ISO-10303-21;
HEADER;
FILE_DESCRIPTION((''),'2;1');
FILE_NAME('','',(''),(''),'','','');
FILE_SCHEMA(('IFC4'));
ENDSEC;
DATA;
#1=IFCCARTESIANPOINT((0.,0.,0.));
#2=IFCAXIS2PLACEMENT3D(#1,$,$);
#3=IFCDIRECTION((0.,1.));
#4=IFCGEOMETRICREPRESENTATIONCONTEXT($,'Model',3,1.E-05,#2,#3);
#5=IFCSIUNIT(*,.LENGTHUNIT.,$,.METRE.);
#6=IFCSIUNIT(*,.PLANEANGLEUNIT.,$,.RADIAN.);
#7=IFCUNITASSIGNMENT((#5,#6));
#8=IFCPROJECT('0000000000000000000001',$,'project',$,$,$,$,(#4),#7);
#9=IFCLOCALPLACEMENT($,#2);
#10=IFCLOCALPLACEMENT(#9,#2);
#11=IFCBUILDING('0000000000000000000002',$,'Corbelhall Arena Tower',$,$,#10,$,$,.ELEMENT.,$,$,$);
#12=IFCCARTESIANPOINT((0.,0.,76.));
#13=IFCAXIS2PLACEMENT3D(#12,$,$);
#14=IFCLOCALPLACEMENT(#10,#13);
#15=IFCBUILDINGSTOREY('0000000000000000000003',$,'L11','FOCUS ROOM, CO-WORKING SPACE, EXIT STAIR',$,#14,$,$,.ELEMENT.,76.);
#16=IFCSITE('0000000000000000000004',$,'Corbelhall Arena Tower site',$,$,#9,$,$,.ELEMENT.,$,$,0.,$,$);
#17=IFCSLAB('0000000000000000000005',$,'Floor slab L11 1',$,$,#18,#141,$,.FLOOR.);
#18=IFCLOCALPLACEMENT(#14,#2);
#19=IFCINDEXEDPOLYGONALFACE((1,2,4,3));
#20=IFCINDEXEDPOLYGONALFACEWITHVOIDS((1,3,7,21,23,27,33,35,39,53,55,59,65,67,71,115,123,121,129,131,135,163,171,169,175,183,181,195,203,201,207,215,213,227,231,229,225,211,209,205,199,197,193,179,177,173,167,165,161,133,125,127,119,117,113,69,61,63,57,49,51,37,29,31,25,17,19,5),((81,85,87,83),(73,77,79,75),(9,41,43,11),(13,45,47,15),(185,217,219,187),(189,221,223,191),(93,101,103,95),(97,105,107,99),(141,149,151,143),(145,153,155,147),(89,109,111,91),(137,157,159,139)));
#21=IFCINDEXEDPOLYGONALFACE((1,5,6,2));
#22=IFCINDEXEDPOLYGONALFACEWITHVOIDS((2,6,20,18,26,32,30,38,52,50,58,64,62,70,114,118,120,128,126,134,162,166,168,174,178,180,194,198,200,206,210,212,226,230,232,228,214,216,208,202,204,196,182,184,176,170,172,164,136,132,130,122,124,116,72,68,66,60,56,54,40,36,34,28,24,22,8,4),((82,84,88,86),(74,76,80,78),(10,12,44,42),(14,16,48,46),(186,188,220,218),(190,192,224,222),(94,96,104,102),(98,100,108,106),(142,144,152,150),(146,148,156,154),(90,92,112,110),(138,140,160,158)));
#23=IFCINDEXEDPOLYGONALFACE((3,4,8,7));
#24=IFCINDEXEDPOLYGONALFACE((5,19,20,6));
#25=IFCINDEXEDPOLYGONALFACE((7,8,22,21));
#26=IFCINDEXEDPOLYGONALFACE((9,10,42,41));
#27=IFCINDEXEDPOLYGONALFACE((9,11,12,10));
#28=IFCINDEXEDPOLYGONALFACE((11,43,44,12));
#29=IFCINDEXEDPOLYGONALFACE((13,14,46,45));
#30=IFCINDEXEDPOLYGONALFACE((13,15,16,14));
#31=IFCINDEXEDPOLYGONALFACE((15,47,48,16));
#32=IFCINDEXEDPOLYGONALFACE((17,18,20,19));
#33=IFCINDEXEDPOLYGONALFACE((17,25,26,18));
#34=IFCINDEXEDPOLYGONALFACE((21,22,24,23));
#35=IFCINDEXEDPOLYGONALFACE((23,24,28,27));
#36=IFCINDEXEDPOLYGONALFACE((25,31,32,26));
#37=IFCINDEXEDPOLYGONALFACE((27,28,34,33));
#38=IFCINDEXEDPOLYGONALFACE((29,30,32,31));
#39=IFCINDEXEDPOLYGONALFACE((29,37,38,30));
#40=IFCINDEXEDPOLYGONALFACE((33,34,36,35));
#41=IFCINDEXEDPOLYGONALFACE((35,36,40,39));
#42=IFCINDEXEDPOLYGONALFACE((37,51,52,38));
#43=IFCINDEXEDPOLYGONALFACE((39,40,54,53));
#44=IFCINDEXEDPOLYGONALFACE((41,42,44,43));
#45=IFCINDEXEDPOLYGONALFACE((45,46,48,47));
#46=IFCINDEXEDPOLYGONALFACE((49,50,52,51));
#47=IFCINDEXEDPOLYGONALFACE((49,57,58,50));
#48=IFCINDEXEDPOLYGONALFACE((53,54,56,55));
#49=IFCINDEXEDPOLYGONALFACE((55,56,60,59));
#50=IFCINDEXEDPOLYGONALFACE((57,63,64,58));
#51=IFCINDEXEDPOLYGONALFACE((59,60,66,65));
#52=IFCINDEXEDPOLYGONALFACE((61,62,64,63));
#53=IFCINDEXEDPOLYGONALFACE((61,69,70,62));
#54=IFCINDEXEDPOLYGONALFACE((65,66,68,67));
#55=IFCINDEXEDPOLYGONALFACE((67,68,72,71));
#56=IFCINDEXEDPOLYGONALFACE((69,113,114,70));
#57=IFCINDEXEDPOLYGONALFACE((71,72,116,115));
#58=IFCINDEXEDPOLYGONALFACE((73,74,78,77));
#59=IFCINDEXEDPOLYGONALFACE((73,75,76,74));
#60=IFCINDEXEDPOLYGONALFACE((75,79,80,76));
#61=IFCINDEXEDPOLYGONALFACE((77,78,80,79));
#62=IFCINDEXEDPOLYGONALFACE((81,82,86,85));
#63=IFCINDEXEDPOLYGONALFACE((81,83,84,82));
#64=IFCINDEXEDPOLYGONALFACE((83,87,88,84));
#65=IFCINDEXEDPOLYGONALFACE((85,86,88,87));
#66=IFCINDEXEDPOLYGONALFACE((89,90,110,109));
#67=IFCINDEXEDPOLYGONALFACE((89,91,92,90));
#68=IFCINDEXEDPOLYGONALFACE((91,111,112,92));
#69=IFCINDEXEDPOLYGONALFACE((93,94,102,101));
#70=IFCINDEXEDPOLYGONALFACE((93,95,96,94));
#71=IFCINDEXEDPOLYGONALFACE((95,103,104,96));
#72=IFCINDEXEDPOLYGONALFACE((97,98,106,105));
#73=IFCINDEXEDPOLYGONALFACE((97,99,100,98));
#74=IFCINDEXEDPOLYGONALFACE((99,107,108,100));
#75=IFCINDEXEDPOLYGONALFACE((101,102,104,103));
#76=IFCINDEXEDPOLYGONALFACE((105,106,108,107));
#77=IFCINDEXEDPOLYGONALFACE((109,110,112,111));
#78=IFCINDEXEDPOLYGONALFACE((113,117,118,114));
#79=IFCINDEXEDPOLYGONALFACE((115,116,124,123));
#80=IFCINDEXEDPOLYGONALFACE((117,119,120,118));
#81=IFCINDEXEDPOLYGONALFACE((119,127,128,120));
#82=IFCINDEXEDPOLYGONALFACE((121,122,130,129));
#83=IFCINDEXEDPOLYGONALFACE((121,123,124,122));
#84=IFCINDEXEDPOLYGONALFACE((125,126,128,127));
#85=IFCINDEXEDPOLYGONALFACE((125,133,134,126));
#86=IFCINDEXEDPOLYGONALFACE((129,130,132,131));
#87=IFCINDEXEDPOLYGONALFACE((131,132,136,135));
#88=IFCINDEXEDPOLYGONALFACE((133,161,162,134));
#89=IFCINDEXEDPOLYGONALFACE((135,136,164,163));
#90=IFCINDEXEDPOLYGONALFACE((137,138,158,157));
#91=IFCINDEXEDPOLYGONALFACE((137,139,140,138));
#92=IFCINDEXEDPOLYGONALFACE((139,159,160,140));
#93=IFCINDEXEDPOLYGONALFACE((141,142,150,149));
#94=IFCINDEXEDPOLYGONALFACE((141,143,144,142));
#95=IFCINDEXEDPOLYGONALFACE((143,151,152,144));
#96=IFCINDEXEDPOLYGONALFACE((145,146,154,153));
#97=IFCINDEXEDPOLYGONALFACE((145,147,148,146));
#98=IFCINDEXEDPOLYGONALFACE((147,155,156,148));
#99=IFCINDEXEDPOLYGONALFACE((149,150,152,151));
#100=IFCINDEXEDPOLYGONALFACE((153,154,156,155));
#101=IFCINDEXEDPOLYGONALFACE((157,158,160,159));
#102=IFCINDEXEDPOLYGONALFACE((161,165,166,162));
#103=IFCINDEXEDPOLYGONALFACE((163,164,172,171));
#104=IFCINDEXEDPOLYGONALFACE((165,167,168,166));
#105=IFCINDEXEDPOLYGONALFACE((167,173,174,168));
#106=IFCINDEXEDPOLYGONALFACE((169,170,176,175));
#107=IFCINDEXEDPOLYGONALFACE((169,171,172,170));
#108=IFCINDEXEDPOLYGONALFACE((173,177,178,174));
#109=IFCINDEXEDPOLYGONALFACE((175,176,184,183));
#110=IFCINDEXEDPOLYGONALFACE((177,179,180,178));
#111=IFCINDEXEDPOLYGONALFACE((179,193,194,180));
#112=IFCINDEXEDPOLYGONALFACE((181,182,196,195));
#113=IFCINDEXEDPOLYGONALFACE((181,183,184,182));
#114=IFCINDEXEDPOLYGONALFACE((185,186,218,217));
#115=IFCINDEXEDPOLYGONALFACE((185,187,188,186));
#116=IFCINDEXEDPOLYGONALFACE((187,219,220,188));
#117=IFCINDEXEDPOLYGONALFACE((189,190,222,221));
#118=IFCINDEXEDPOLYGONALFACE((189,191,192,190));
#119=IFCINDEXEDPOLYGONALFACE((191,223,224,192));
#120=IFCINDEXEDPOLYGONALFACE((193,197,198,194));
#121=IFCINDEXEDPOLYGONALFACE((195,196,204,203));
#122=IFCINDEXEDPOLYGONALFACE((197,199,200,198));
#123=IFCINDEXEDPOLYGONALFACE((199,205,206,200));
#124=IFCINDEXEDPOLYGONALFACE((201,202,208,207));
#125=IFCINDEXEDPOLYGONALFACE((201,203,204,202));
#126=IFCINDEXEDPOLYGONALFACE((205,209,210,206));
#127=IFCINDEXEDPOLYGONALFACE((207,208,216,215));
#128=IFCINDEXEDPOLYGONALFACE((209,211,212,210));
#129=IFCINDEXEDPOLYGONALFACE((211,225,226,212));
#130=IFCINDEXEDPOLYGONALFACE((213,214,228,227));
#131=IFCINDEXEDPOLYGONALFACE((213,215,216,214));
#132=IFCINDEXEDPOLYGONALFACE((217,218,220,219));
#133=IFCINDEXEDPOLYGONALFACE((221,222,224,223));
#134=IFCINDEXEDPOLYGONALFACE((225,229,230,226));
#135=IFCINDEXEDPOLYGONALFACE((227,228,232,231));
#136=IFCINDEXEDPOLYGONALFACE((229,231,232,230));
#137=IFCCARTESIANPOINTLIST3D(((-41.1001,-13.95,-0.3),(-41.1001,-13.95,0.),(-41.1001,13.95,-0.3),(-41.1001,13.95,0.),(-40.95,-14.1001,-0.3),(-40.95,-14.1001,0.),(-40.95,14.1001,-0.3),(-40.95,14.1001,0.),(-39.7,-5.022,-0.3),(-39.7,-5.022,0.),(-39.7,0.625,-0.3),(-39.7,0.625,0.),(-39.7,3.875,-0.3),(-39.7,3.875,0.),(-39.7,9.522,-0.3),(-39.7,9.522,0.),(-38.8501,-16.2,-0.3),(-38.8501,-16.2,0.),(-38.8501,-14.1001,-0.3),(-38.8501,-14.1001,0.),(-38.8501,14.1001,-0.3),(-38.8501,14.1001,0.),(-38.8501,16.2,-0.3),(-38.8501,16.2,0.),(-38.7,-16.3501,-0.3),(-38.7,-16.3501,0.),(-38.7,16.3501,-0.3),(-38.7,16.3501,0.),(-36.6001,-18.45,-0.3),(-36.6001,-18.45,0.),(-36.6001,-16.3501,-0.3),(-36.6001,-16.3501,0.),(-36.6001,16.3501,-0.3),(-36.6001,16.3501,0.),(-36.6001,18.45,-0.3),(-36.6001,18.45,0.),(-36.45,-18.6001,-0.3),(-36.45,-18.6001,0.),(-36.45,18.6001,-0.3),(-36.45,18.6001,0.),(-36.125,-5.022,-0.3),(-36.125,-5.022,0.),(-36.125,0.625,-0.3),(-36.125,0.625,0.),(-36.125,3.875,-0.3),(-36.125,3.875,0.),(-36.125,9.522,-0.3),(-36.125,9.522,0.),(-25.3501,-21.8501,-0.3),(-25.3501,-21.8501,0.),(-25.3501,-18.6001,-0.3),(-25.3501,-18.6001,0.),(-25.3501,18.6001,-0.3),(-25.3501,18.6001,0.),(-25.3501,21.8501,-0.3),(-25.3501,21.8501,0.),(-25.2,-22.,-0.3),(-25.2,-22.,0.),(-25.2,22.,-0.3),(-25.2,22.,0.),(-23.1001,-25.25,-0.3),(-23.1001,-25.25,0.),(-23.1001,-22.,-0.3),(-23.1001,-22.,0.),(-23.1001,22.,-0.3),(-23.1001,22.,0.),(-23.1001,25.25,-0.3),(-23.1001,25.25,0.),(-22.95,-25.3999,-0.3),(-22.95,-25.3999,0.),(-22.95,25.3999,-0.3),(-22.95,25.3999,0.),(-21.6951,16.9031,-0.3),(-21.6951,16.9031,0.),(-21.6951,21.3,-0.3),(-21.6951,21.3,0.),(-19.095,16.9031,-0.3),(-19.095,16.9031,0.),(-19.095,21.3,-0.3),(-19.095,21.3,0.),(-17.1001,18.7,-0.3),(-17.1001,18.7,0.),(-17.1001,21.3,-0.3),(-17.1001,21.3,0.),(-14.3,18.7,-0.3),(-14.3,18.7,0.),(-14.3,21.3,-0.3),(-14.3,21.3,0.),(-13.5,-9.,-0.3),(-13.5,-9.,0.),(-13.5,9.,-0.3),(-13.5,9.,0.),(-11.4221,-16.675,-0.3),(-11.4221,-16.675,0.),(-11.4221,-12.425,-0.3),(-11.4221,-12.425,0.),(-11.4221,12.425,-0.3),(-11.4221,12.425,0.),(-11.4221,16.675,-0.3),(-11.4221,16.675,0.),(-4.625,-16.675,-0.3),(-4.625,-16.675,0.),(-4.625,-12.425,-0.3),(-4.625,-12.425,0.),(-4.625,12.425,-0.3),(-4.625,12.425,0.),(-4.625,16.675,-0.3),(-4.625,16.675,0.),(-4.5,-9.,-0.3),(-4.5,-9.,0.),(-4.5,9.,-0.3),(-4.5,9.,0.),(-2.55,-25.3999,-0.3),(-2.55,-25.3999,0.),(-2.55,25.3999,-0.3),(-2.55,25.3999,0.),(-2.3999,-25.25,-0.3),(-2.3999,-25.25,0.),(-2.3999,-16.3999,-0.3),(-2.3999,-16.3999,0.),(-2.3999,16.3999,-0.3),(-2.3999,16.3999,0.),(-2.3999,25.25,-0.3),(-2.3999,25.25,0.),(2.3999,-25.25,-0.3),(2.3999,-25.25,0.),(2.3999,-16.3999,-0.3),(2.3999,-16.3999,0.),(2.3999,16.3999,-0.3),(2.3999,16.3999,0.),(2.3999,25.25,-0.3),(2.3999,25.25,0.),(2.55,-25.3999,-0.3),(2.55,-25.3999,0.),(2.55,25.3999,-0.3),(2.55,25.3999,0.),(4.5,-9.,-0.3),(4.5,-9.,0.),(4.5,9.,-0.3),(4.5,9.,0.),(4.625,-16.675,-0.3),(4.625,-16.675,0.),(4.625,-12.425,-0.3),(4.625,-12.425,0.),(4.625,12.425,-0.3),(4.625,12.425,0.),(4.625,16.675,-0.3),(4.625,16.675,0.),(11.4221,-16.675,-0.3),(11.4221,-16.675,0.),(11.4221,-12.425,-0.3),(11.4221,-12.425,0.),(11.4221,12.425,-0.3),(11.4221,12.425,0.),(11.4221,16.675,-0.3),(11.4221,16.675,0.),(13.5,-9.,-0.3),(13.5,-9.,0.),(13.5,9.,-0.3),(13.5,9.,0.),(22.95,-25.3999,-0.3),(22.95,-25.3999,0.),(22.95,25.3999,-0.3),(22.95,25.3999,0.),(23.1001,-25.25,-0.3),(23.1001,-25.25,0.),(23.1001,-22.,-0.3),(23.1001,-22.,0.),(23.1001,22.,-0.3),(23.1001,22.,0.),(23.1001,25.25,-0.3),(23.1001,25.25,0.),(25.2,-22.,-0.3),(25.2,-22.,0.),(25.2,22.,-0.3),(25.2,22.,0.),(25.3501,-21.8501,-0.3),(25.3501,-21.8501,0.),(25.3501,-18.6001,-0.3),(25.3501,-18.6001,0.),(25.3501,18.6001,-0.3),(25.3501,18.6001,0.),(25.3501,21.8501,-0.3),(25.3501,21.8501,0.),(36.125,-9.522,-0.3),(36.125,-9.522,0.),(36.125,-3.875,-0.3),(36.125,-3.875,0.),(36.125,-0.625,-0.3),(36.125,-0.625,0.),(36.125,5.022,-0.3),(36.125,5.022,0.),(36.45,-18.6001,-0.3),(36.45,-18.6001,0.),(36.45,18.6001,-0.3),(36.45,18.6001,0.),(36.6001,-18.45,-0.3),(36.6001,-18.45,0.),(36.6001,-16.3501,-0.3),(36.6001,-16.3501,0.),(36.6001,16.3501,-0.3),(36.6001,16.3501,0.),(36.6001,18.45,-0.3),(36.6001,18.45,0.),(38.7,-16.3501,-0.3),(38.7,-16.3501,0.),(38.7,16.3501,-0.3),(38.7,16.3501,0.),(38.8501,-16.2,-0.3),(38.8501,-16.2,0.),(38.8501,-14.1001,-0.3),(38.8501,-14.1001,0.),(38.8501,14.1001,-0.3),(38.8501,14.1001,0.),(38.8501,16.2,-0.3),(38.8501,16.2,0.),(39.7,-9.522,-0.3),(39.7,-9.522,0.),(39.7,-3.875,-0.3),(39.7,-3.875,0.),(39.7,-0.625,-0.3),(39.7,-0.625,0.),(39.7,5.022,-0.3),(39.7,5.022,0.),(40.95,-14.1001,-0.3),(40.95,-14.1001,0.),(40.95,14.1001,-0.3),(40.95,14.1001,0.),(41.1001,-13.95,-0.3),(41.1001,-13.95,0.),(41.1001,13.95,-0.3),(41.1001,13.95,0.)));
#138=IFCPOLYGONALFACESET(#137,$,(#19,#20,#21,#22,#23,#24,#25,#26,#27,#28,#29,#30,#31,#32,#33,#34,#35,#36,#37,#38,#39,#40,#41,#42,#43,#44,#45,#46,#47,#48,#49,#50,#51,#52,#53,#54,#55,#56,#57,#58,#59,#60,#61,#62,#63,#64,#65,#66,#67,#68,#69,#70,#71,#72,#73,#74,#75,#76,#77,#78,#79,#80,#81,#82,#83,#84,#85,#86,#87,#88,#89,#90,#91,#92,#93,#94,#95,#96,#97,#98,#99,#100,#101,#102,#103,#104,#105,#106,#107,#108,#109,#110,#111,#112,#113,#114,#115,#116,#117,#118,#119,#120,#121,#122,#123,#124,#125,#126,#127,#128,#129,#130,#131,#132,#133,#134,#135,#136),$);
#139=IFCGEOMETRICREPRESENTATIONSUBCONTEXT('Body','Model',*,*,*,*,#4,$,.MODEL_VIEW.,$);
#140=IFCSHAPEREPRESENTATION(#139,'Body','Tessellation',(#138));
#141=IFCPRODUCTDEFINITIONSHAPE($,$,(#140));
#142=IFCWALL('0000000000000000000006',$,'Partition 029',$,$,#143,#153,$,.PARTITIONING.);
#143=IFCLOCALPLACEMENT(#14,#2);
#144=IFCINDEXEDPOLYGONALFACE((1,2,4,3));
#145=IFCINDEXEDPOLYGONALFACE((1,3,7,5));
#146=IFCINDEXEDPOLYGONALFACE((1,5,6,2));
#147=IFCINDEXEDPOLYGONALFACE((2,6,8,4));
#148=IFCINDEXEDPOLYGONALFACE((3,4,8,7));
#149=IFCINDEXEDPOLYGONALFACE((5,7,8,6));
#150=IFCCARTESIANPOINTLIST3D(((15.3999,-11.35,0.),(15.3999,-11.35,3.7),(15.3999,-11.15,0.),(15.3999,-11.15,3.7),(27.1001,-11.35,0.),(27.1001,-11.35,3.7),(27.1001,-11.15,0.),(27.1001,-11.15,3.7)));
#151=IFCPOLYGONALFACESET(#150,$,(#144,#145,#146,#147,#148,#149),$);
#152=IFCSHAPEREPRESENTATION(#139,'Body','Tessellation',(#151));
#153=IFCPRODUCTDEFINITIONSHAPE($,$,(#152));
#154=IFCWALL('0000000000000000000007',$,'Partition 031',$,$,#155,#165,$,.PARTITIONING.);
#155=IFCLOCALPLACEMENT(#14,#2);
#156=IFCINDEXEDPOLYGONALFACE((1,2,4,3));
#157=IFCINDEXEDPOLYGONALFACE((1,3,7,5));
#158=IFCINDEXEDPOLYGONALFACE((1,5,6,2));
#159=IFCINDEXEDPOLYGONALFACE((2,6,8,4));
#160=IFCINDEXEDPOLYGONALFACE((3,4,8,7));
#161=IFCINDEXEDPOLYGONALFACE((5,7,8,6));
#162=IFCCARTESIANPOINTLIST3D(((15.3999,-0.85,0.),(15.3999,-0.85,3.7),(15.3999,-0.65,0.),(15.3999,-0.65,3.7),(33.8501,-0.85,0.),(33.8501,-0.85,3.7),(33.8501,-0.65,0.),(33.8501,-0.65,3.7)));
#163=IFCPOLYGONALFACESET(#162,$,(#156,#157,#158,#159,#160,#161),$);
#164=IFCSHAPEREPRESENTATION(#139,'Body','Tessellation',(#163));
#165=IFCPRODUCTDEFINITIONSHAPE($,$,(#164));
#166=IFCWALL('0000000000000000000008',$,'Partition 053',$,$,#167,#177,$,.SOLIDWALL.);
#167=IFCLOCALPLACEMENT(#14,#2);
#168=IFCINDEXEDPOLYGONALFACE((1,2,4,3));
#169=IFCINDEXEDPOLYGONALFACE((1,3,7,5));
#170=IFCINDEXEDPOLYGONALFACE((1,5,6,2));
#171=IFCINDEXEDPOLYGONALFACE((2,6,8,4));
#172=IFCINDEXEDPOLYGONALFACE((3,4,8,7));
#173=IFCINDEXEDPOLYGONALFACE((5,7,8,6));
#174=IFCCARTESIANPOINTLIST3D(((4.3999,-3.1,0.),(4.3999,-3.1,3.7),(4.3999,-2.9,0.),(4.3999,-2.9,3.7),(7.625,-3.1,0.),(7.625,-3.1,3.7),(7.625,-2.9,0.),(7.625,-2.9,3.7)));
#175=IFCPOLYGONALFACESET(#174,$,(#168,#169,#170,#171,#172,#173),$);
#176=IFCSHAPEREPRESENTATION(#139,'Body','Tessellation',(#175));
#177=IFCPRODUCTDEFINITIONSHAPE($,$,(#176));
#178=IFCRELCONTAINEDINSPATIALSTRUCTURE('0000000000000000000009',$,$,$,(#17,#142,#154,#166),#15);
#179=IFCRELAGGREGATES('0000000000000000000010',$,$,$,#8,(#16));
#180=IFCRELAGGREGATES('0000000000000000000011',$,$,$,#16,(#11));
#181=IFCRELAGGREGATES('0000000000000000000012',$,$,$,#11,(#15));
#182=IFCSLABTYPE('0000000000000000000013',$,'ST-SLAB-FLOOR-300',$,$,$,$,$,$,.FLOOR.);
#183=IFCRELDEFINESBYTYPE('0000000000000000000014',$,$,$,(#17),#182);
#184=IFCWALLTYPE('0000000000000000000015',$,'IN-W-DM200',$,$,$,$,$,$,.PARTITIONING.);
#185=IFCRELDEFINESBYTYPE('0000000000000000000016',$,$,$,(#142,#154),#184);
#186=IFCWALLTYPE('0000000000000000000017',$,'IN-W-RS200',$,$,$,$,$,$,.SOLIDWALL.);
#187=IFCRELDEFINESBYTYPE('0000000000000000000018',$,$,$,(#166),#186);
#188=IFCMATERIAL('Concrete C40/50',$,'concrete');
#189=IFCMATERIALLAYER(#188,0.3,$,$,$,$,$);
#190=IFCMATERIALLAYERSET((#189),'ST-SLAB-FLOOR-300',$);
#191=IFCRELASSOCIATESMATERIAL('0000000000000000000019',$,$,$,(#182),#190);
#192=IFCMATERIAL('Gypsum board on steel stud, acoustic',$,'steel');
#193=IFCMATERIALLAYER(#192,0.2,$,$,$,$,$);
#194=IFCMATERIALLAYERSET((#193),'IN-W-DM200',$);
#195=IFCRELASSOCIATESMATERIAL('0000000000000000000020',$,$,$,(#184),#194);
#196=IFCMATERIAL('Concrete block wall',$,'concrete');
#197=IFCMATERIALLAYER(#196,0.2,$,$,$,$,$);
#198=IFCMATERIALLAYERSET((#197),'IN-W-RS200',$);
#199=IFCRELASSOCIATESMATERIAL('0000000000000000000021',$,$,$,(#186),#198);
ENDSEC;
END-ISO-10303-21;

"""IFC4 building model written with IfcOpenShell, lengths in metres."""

from ifc_helpers import new_model, si_unit, direction, frame, frame_2d, origin, place, context, subcontext, project, spatial, polyline, rectangle, outline, extrude, material, layer, layer_set, type_object, element, save


model = new_model("IFC4")

# Units and contexts
model_context = context("Model", 3, precision=1e-05, world=origin(), true_north=direction((0.0, 1.0)))
body_context = subcontext(model_context, "Body", "Model", "MODEL_VIEW")
ifc_project = project(units=[si_unit("LENGTHUNIT", "METRE"), si_unit("PLANEANGLEUNIT", "RADIAN")], contexts=[model_context])

# Site, building, storey
site_placement = place(None, origin())
site = spatial("IfcSite", under=ifc_project, at=site_placement, Name="Corbelhall Arena Tower site", CompositionType="ELEMENT", RefElevation=0.0)
building_placement = place(site_placement, origin())
building = spatial("IfcBuilding", under=site, at=building_placement, Name="Corbelhall Arena Tower", CompositionType="ELEMENT")
storey_placement = place(building_placement, frame((0.0, 0.0, 76.0)))
storey = spatial("IfcBuildingStorey", under=building, at=storey_placement, Name="L11", Description="FOCUS ROOM, CO-WORKING SPACE, EXIT STAIR", CompositionType="ELEMENT", Elevation=76.0)

# Shared definitions
ifc_material_1 = material(Name="Concrete C40/50", Category="concrete")

# Slab
ifc_layer_1 = layer(ifc_material_1, 0.3)
ifc_layer_set_1 = layer_set([ifc_layer_1], Name="ST-SLAB-FLOOR-300")
slab_type_1 = type_object("IfcSlabType", Name="ST-SLAB-FLOOR-300", PredefinedType="FLOOR", material=ifc_layer_set_1)
slab_1_placement = place(storey_placement, frame((0.0, 0.0, -0.3)))
element("IfcSlab", 1, at=slab_1_placement, inside=storey, type_object=slab_type_1, Name="Floor slab L11 1", PredefinedType="FLOOR", context=body_context, shape_type="SweptSolid", body=[
    extrude(outline(polyline([(25.3501, 18.6001), (25.3501, 21.8501), (25.2, 22.0), (23.1001, 22.0), (23.1001, 25.25), (22.95, 25.3999), (2.55, 25.3999), (2.3999, 25.25), (2.3999, 16.3999), (-2.3999, 16.3999), (-2.3999, 25.25), (-2.55, 25.3999), (-22.95, 25.3999), (-23.1001, 25.25), (-23.1001, 22.0), (-25.2, 22.0), (-25.3501, 21.8501), (-25.3501, 18.6001), (-36.45, 18.6001), (-36.6001, 18.45), (-36.6001, 16.3501), (-38.7, 16.3501), (-38.8501, 16.2), (-38.8501, 14.1001), (-40.95, 14.1001), (-41.1001, 13.95), (-41.1001, -13.95), (-40.95, -14.1001), (-38.8501, -14.1001), (-38.8501, -16.2), (-38.7, -16.3501), (-36.6001, -16.3501), (-36.6001, -18.45), (-36.45, -18.6001), (-25.3501, -18.6001), (-25.3501, -21.8501), (-25.2, -22.0), (-23.1001, -22.0), (-23.1001, -25.25), (-22.95, -25.3999), (-2.55, -25.3999), (-2.3999, -25.25), (-2.3999, -16.3999), (2.3999, -16.3999), (2.3999, -25.25), (2.55, -25.3999), (22.95, -25.3999), (23.1001, -25.25), (23.1001, -22.0), (25.2, -22.0), (25.3501, -21.8501), (25.3501, -18.6001), (36.45, -18.6001), (36.6001, -18.45), (36.6001, -16.3501), (38.7, -16.3501), (38.8501, -16.2), (38.8501, -14.1001), (40.95, -14.1001), (41.1001, -13.95), (41.1001, 13.95), (40.95, 14.1001), (38.8501, 14.1001), (38.8501, 16.2), (38.7, 16.3501), (36.6001, 16.3501), (36.6001, 18.45), (36.45, 18.6001), (25.3501, 18.6001)]), holes=[polyline([(-13.5, 9.0), (-13.5, -9.0), (-4.5, -9.0), (-4.5, 9.0), (-13.5, 9.0)]), polyline([(4.5, 9.0), (4.5, -9.0), (13.5, -9.0), (13.5, 9.0), (4.5, 9.0)]), polyline([(-4.625, 16.675), (-11.4221, 16.675), (-11.4221, 12.425), (-4.625, 12.425), (-4.625, 16.675)]), polyline([(-4.625, -16.675), (-4.625, -12.425), (-11.4221, -12.425), (-11.4221, -16.675), (-4.625, -16.675)]), polyline([(11.4221, 16.675), (4.625, 16.675), (4.625, 12.425), (11.4221, 12.425), (11.4221, 16.675)]), polyline([(11.4221, -16.675), (11.4221, -12.425), (4.625, -12.425), (4.625, -16.675), (11.4221, -16.675)]), polyline([(-36.125, 3.875), (-36.125, 9.522), (-39.7, 9.522), (-39.7, 3.875), (-36.125, 3.875)]), polyline([(-36.125, 0.625), (-39.7, 0.625), (-39.7, -5.022), (-36.125, -5.022), (-36.125, 0.625)]), polyline([(39.7, -9.522), (39.7, -3.875), (36.125, -3.875), (36.125, -9.522), (39.7, -9.522)]), polyline([(39.7, 5.022), (36.125, 5.022), (36.125, -0.625), (39.7, -0.625), (39.7, 5.022)]), polyline([(-21.6951, 21.3), (-21.6951, 16.9031), (-19.095, 16.9031), (-19.095, 21.3), (-21.6951, 21.3)]), polyline([(-14.3, 21.3), (-17.1001, 21.3), (-17.1001, 18.7), (-14.3, 18.7), (-14.3, 21.3)])]), origin(), (0.0, 0.0, 1.0), 0.3),
])

# Wall
ifc_material_2 = material(Name="Gypsum board on steel stud, acoustic", Category="steel")
ifc_layer_2 = layer(ifc_material_2, 0.2)
ifc_layer_set_2 = layer_set([ifc_layer_2], Name="IN-W-DM200")
wall_type_1 = type_object("IfcWallType", Name="IN-W-DM200", PredefinedType="PARTITIONING", material=ifc_layer_set_2)
wall_1_placement = place(storey_placement, frame((15.3999, -11.25, 0.0), z_axis=(0.0, 0.0, 1.0), x_axis=(1.0, 0.0, 0.0)))
element("IfcWall", 2, at=wall_1_placement, inside=storey, type_object=wall_type_1, Name="Partition 029", PredefinedType="PARTITIONING", context=body_context, shape_type="SweptSolid", body=[
    extrude(rectangle(XDim=11.7002, YDim=0.2, at=frame_2d((5.8501, 0.0))), origin(), (0.0, 0.0, 1.0), 3.7),
])

# Walls
wall_2_placement = place(storey_placement, frame((15.3999, -0.75, 0.0), z_axis=(0.0, 0.0, 1.0), x_axis=(1.0, 0.0, 0.0)))
element("IfcWall", 3, at=wall_2_placement, inside=storey, type_object=wall_type_1, Name="Partition 031", PredefinedType="PARTITIONING", context=body_context, shape_type="SweptSolid", body=[
    extrude(rectangle(XDim=18.4502, YDim=0.2, at=frame_2d((9.2251, 0.0))), origin(), (0.0, 0.0, 1.0), 3.7),
])
ifc_material_3 = material(Name="Concrete block wall", Category="concrete")
ifc_layer_3 = layer(ifc_material_3, 0.2)
ifc_layer_set_3 = layer_set([ifc_layer_3], Name="IN-W-RS200")
wall_type_2 = type_object("IfcWallType", Name="IN-W-RS200", PredefinedType="SOLIDWALL", material=ifc_layer_set_3)
wall_3_placement = place(storey_placement, frame((4.3999, -3.0, 0.0), z_axis=(0.0, 0.0, 1.0), x_axis=(1.0, 0.0, 0.0)))
element("IfcWall", 4, at=wall_3_placement, inside=storey, type_object=wall_type_2, Name="Partition 053", PredefinedType="SOLIDWALL", context=body_context, shape_type="SweptSolid", body=[
    extrude(rectangle(XDim=3.2251, YDim=0.2, at=frame_2d((1.6125, 0.0))), origin(), (0.0, 0.0, 1.0), 3.7),
])

save(model, "model.ifc")
